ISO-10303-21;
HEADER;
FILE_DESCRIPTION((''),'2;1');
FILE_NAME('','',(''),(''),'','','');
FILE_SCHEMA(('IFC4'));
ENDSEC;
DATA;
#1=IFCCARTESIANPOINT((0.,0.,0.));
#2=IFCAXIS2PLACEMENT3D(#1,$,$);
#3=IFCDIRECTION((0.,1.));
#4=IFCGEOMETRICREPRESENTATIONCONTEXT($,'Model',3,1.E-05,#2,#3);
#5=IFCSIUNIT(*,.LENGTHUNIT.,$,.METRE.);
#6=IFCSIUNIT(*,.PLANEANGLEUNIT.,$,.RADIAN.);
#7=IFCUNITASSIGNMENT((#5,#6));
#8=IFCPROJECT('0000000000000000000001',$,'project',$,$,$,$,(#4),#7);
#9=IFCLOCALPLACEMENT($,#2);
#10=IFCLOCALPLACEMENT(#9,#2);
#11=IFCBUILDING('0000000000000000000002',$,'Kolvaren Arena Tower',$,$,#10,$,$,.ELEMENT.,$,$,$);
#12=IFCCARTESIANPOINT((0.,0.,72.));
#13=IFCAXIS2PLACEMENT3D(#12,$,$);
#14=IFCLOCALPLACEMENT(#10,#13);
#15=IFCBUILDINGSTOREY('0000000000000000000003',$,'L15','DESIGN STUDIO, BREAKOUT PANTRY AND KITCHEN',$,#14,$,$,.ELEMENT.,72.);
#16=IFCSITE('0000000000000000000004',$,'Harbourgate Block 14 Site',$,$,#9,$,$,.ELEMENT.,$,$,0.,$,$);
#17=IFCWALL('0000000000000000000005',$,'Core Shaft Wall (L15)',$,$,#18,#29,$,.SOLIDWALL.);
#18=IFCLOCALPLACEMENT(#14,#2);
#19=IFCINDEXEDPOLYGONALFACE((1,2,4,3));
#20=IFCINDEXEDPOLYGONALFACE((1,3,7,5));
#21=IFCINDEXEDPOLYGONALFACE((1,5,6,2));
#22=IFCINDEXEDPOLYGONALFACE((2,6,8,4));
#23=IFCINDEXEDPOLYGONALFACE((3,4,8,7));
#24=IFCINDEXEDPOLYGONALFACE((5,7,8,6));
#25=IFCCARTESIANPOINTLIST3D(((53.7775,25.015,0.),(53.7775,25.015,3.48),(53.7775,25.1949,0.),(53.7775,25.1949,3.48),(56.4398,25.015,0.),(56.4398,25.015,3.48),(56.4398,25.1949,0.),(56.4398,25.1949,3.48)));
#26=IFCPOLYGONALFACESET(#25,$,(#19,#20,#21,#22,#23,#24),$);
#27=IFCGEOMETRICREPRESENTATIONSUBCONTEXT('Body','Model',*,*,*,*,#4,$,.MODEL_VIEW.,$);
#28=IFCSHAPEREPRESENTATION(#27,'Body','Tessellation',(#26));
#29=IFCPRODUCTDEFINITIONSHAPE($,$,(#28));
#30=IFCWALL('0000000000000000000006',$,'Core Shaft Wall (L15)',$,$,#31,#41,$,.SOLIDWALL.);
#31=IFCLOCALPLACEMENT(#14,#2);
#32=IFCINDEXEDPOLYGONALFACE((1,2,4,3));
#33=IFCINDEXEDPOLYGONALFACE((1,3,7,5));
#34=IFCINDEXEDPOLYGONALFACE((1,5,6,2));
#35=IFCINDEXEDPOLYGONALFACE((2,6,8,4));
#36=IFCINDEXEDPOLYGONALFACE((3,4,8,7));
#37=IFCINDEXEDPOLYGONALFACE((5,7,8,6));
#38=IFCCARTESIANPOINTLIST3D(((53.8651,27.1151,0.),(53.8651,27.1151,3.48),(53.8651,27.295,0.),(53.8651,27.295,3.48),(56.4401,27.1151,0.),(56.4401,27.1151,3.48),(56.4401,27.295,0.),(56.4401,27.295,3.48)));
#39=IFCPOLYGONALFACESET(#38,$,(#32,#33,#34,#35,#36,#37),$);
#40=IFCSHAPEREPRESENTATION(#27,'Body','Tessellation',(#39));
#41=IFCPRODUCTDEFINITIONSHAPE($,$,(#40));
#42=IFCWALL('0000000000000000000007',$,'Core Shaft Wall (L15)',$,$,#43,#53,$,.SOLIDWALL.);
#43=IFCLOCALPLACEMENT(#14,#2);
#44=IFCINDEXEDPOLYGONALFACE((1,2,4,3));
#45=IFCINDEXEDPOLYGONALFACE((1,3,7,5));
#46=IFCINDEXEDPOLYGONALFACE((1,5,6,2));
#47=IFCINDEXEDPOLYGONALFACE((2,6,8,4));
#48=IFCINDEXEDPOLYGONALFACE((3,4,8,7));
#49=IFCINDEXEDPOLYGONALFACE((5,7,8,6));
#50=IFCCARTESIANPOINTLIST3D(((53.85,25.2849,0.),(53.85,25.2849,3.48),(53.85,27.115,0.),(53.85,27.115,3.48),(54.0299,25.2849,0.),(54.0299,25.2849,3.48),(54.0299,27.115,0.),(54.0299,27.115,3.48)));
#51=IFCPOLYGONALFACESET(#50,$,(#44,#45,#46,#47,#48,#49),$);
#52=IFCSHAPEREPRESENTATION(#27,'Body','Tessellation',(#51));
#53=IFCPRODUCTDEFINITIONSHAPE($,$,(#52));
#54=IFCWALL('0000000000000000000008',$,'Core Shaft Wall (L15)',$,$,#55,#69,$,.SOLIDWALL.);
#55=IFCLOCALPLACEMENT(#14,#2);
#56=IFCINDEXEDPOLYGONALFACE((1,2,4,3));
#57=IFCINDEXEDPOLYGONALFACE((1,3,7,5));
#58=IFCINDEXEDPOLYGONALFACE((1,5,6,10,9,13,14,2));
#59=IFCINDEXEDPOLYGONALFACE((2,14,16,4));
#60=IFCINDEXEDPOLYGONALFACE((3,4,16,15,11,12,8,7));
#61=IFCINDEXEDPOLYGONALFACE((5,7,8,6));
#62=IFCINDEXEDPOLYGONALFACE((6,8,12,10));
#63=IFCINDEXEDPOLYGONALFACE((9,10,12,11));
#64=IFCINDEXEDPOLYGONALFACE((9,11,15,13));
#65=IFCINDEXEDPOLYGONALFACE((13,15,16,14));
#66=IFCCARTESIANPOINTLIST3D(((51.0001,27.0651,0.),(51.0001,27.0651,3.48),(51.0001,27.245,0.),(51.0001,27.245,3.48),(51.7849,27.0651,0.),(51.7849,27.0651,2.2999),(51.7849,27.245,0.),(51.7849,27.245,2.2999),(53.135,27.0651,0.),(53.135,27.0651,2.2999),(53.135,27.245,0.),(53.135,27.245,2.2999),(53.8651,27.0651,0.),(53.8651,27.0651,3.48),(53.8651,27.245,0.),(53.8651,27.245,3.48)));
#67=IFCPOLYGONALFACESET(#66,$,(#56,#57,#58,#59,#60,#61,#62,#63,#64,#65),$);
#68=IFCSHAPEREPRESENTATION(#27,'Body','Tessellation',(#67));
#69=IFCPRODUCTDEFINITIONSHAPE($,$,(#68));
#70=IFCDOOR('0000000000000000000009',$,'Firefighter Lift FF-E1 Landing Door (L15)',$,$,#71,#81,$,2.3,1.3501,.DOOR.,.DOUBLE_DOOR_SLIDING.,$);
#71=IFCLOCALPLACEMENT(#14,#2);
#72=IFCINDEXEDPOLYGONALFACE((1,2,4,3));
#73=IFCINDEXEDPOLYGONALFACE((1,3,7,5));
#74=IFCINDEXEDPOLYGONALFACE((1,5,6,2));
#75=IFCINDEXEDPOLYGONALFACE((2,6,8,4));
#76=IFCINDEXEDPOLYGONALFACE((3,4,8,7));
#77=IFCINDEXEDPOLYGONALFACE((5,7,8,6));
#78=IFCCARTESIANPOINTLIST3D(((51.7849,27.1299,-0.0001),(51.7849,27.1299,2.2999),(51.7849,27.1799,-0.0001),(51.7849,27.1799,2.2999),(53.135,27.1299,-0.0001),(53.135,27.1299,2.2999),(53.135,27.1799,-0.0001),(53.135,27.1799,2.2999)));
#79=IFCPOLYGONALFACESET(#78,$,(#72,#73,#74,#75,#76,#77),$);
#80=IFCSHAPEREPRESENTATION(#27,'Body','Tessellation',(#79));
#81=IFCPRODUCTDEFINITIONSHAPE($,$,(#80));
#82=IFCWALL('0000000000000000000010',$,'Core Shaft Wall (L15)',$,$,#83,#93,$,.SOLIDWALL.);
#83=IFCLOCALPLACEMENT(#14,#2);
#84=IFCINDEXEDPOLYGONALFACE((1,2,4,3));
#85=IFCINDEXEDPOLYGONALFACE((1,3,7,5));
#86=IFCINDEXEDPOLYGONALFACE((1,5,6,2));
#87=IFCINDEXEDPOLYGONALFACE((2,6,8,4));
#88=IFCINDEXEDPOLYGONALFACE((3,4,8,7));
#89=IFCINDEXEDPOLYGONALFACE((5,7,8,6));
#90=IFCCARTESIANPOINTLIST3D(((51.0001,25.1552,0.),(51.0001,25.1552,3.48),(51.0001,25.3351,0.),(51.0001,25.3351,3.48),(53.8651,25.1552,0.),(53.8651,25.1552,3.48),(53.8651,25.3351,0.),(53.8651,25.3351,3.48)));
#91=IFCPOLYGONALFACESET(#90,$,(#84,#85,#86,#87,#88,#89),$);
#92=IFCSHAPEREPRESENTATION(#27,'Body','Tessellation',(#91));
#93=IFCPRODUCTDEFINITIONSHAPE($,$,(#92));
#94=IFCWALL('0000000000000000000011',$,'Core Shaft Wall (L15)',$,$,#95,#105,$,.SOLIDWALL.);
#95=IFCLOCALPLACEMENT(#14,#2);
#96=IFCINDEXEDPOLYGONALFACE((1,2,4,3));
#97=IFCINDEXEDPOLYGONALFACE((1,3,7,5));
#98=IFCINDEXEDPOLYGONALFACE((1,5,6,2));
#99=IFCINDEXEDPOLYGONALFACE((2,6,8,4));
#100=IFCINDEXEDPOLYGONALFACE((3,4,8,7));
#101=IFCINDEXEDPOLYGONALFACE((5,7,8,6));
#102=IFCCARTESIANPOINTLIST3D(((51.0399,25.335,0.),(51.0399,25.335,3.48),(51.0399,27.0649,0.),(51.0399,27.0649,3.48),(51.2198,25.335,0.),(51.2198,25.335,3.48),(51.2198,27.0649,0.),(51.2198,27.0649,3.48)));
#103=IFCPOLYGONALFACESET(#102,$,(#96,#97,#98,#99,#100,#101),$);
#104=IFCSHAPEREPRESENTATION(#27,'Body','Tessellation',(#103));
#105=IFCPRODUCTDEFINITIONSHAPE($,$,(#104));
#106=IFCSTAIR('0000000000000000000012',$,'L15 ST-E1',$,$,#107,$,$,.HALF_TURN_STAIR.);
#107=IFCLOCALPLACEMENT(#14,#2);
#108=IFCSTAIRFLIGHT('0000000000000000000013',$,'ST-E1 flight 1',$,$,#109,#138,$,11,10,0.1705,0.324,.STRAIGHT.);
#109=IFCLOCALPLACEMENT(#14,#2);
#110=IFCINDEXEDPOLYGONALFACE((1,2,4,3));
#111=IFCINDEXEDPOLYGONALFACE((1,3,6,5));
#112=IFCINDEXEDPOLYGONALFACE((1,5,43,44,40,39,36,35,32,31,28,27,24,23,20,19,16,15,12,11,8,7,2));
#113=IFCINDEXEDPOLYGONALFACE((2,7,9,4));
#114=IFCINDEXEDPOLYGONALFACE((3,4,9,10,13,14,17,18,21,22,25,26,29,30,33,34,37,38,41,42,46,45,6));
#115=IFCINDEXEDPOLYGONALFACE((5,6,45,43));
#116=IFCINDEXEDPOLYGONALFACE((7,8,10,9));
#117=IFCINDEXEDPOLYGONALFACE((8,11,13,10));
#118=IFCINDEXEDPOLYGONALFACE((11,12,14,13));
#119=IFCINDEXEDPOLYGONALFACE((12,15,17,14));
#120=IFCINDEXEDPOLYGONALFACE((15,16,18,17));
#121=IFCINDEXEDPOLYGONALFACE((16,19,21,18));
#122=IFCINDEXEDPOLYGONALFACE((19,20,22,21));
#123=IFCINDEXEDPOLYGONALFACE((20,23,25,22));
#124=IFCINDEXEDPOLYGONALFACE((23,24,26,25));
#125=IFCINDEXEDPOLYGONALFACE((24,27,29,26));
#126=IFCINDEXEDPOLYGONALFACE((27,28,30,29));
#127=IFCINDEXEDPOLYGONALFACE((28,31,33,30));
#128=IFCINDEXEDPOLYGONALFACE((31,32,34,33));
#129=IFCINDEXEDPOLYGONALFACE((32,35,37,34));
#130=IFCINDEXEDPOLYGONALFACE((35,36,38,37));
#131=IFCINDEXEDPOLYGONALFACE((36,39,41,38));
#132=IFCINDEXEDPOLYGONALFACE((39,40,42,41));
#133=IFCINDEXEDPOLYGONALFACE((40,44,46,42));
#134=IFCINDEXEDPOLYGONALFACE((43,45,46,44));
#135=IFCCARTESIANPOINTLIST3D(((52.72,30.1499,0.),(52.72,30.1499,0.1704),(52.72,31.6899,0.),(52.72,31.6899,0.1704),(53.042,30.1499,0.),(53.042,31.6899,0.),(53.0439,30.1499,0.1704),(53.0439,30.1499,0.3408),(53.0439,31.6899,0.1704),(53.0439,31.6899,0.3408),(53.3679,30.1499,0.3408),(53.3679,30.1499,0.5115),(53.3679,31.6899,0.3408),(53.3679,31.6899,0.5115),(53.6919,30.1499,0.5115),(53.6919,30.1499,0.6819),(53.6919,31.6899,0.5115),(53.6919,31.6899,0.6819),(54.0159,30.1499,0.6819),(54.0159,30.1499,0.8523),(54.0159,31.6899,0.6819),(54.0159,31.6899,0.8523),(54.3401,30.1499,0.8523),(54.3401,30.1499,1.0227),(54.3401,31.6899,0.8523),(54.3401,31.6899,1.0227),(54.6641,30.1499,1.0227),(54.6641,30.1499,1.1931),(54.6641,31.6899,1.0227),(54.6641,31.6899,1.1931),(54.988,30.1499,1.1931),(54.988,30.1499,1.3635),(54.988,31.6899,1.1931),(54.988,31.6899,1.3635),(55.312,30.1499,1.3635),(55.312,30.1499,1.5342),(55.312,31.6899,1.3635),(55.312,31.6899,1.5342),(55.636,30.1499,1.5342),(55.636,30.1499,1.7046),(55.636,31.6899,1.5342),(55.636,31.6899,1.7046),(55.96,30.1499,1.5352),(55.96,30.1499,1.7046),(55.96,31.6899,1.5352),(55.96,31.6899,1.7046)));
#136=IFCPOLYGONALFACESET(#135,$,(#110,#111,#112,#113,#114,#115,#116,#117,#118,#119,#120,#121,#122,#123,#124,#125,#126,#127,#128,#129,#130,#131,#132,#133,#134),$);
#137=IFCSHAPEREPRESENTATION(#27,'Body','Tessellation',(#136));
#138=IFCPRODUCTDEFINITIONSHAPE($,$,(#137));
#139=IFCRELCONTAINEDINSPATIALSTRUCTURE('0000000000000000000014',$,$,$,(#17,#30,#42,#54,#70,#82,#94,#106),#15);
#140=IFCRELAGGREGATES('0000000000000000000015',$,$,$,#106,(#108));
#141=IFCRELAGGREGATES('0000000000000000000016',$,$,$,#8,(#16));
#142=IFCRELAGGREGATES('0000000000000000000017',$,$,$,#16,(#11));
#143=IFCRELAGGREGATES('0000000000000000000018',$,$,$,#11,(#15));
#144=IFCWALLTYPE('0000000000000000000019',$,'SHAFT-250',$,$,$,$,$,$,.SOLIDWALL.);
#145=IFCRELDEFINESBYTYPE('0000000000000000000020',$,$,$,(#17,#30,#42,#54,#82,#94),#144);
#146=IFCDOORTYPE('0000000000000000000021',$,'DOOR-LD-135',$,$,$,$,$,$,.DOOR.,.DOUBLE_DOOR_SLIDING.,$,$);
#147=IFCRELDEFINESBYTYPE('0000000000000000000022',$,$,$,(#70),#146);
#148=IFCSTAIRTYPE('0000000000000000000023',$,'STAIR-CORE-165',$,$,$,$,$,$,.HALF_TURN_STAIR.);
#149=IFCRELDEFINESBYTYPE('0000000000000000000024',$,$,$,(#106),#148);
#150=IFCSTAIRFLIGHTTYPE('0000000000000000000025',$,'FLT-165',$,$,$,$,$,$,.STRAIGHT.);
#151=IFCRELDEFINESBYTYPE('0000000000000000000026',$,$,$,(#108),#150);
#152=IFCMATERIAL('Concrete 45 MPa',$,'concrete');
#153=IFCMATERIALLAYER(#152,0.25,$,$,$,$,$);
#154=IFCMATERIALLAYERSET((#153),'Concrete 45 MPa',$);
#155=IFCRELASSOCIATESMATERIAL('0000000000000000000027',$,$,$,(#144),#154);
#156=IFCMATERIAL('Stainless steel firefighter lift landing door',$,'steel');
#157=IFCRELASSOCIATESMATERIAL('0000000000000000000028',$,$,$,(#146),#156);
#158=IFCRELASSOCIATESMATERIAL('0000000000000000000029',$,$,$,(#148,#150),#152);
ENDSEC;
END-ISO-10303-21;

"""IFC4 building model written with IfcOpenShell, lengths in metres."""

from ifc_helpers import new_model, si_unit, direction, frame, frame_2d, origin, place, context, subcontext, project, spatial, polyline, rectangle, outline, extrude, material, layer, layer_set, type_object, element, fill, aggregate, save


model = new_model("IFC4")

# Units and contexts
model_context = context("Model", 3, precision=1e-05, world=origin(), true_north=direction((0.0, 1.0)))
body_context = subcontext(model_context, "Body", "Model", "MODEL_VIEW")
ifc_project = project(units=[si_unit("LENGTHUNIT", "METRE"), si_unit("PLANEANGLEUNIT", "RADIAN")], contexts=[model_context])

# Site, building, storey
site_placement = place(None, origin())
site = spatial("IfcSite", under=ifc_project, at=site_placement, Name="Harbourgate Block 14 Site", CompositionType="ELEMENT", RefElevation=0.0)
building_placement = place(site_placement, origin())
building = spatial("IfcBuilding", under=site, at=building_placement, Name="Kolvaren Arena Tower", CompositionType="ELEMENT")
storey_placement = place(building_placement, frame((0.0, 0.0, 72.0)))
storey = spatial("IfcBuildingStorey", under=building, at=storey_placement, Name="L15", Description="DESIGN STUDIO, BREAKOUT PANTRY AND KITCHEN", CompositionType="ELEMENT", Elevation=72.0)

# Walls
ifc_material_1 = material(Name="Concrete 45 MPa", Category="concrete")
ifc_layer = layer(ifc_material_1, 0.25)
ifc_layer_set = layer_set([ifc_layer], Name="Concrete 45 MPa")
wall_type = type_object("IfcWallType", Name="SHAFT-250", PredefinedType="SOLIDWALL", material=ifc_layer_set)
wall_1_placement = place(storey_placement, frame((53.7776, 25.105, 0.0), z_axis=(0.0, 0.0, 1.0), x_axis=(1.0, 0.0, 0.0)))
element("IfcWall", 1, at=wall_1_placement, inside=storey, type_object=wall_type, Name="Core Shaft Wall (L15)", PredefinedType="SOLIDWALL", context=body_context, shape_type="SweptSolid", body=[
    extrude(rectangle(XDim=2.6624, YDim=0.1799, at=frame_2d((1.3311, 0.0))), origin(), (0.0, 0.0, 1.0), 3.48),
])
wall_2_placement = place(storey_placement, frame((53.865, 27.2051, 0.0), z_axis=(0.0, 0.0, 1.0), x_axis=(1.0, 0.0, 0.0)))
element("IfcWall", 2, at=wall_2_placement, inside=storey, type_object=wall_type, Name="Core Shaft Wall (L15)", PredefinedType="SOLIDWALL", context=body_context, shape_type="SweptSolid", body=[
    extrude(rectangle(XDim=2.575, YDim=0.1799, at=frame_2d((1.2876, 0.0))), origin(), (0.0, 0.0, 1.0), 3.48),
])
wall_3_placement = place(storey_placement, frame((53.9399, 25.2849, 0.0), z_axis=(0.0, 0.0, 1.0), x_axis=(0.0, 1.0, 0.0)))
element("IfcWall", 3, at=wall_3_placement, inside=storey, type_object=wall_type, Name="Core Shaft Wall (L15)", PredefinedType="SOLIDWALL", context=body_context, shape_type="SweptSolid", body=[
    extrude(rectangle(XDim=1.8301, YDim=0.1799, at=frame_2d((0.915, 0.0))), origin(), (0.0, 0.0, 1.0), 3.48),
])

# Wall, opening, door
wall_4_placement = place(storey_placement, frame((51.0, 27.155, 0.0), z_axis=(0.0, 0.0, 1.0), x_axis=(1.0, 0.0, 0.0)))
wall_4 = element("IfcWall", 4, at=wall_4_placement, inside=storey, type_object=wall_type, Name="Core Shaft Wall (L15)", PredefinedType="SOLIDWALL", context=body_context, shape_type="SweptSolid", body=[
    extrude(rectangle(XDim=2.865, YDim=0.1799, at=frame_2d((1.4326, 0.0))), origin(), (0.0, 0.0, 1.0), 3.48),
])
opening_placement = place(wall_4_placement, frame((0.7849, 0.0, 0.0)))
opening = element("IfcOpeningElement", 5, at=opening_placement, cuts=wall_4, PredefinedType="OPENING", context=body_context, shape_type="SweptSolid", body=[
    extrude(rectangle(XDim=1.3501, YDim=2.3, at=frame_2d((0.675, 1.1499))), frame((0.0, 0.0999, 0.0), z_axis=(0.0, -1.0, 0.0), x_axis=(1.0, 0.0, 0.0)), (0.0, 0.0, 1.0), 0.2),
])
ifc_material_2 = material(Name="Stainless steel firefighter lift landing door", Category="steel")
door_type = type_object("IfcDoorType", Name="DOOR-LD-135", OperationType="DOUBLE_DOOR_SLIDING", PredefinedType="DOOR", material=ifc_material_2)
door_placement = place(opening_placement, origin())
door = element("IfcDoor", 6, at=door_placement, inside=storey, type_object=door_type, Name="Firefighter Lift FF-E1 Landing Door (L15)", OperationType="DOUBLE_DOOR_SLIDING", OverallHeight=2.3, OverallWidth=1.3501, PredefinedType="DOOR", context=body_context, shape_type="SweptSolid", body=[
    extrude(rectangle(XDim=1.3501, YDim=2.3, at=frame_2d((0.675, 1.1499))), frame((0.0, 0.0249, 0.0), z_axis=(0.0, -1.0, 0.0), x_axis=(1.0, 0.0, 0.0)), (0.0, 0.0, 1.0), 0.05),
])
fill(opening, door)

# Walls
wall_5_placement = place(storey_placement, frame((51.0, 25.2451, 0.0), z_axis=(0.0, 0.0, 1.0), x_axis=(1.0, 0.0, 0.0)))
element("IfcWall", 7, at=wall_5_placement, inside=storey, type_object=wall_type, Name="Core Shaft Wall (L15)", PredefinedType="SOLIDWALL", context=body_context, shape_type="SweptSolid", body=[
    extrude(rectangle(XDim=2.865, YDim=0.1799, at=frame_2d((1.4326, 0.0))), origin(), (0.0, 0.0, 1.0), 3.48),
])
wall_6_placement = place(storey_placement, frame((51.1299, 25.335, 0.0), z_axis=(0.0, 0.0, 1.0), x_axis=(0.0, 1.0, 0.0)))
element("IfcWall", 8, at=wall_6_placement, inside=storey, type_object=wall_type, Name="Core Shaft Wall (L15)", PredefinedType="SOLIDWALL", context=body_context, shape_type="SweptSolid", body=[
    extrude(rectangle(XDim=1.73, YDim=0.1799, at=frame_2d((0.865, 0.0))), origin(), (0.0, 0.0, 1.0), 3.48),
])

# Stair, stair flight
stair_type = type_object("IfcStairType", Name="STAIR-CORE-165", PredefinedType="HALF_TURN_STAIR", material=ifc_material_1)
stair_placement = place(storey_placement, origin())
stair = element("IfcStair", 9, at=stair_placement, inside=storey, type_object=stair_type, Name="L15 ST-E1", PredefinedType="HALF_TURN_STAIR")
stair_flight_type = type_object("IfcStairFlightType", Name="FLT-165", PredefinedType="STRAIGHT", material=ifc_material_1)
stair_flight_placement = place(storey_placement, frame((52.72, 30.9199, 0.0), z_axis=(0.0, 0.0, 1.0), x_axis=(1.0, 0.0, 0.0)))
stair_flight = element("IfcStairFlight", 10, at=stair_flight_placement, type_object=stair_flight_type, Name="ST-E1 flight 1", NumberOfRisers=11, NumberOfTreads=10, PredefinedType="STRAIGHT", RiserHeight=0.1705, TreadLength=0.324, context=body_context, shape_type="SweptSolid", body=[
    extrude(outline(polyline([(0.0, 0.0), (0.0, 0.1704), (0.324, 0.1704), (0.324, 0.3408), (0.6479, 0.3408), (0.6479, 0.5115), (0.9719, 0.5115), (0.9719, 0.6819), (1.2959, 0.6819), (1.2959, 0.8523), (1.6201, 0.8523), (1.6201, 1.0227), (1.9441, 1.0227), (1.9441, 1.1931), (2.2681, 1.1931), (2.2681, 1.3635), (2.592, 1.3635), (2.592, 1.5342), (2.916, 1.5342), (2.916, 1.7046), (3.24, 1.7046), (3.24, 1.875), (3.24, 1.5352), (0.322, 0.0), (0.0, 0.0)])), frame((0.0, 0.77, 0.0), z_axis=(0.0, -1.0, 0.0), x_axis=(1.0, 0.0, 0.0)), (0.0, 0.0, 1.0), 1.54),
])
aggregate(stair, [stair_flight])

save(model, "model.ifc")
